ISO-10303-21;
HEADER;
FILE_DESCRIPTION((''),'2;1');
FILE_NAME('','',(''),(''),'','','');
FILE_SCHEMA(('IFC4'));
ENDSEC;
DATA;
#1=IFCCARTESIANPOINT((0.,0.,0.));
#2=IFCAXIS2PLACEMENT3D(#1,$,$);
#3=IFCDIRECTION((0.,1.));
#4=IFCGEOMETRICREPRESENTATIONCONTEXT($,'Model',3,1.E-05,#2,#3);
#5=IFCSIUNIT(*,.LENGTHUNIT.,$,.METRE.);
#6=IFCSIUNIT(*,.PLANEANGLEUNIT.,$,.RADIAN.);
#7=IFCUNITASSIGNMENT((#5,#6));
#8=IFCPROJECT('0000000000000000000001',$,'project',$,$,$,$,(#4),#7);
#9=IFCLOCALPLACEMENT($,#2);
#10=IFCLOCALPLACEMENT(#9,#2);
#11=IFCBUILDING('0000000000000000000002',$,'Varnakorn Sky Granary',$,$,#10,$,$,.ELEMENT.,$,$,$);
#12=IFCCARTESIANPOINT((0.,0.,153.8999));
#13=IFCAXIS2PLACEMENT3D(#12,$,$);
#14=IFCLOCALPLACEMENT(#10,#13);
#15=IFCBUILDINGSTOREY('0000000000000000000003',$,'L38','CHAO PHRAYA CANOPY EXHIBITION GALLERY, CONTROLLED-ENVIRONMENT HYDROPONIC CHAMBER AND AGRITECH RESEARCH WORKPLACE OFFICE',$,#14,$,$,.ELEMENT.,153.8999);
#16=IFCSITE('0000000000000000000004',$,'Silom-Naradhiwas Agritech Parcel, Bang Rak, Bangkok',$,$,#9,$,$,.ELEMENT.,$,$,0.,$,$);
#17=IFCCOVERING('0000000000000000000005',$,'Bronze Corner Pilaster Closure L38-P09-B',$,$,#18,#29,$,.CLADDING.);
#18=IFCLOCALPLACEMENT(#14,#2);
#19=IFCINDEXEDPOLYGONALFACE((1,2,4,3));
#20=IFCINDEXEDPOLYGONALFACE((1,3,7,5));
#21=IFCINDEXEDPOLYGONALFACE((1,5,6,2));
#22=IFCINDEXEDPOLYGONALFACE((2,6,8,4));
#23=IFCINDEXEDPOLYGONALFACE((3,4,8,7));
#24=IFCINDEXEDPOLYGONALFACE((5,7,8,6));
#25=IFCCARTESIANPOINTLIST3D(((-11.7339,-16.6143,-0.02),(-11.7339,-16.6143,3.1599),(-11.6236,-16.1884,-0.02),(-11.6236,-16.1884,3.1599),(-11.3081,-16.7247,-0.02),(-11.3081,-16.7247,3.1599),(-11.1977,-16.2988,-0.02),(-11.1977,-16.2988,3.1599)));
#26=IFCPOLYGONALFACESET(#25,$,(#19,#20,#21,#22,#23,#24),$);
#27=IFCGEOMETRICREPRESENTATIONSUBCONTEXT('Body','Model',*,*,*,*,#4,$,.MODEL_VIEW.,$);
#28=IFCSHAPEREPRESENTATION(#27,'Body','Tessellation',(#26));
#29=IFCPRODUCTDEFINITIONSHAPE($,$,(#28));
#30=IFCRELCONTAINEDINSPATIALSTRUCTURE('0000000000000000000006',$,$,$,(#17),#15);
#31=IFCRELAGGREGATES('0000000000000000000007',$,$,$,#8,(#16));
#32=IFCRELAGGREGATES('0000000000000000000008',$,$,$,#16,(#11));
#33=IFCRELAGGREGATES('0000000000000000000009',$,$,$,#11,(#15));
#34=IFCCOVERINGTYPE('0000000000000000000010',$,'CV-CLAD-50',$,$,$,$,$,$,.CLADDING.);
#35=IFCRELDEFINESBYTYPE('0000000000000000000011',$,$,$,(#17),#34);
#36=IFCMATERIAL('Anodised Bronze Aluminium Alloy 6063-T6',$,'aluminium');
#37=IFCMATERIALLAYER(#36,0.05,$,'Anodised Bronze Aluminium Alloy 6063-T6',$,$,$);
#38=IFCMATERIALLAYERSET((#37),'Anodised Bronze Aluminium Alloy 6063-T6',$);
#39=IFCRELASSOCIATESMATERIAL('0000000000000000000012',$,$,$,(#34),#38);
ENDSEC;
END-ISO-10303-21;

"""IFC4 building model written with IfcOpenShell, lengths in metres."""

from ifc_helpers import new_model, si_unit, direction, frame, origin, origin_2d, place, context, subcontext, project, spatial, rectangle, extrude, source, transform, mapped, material, layer, layer_set, type_object, type_shapes, element, save


model = new_model("IFC4")

# Units and contexts
model_context = context("Model", 3, precision=1e-05, world=origin(), true_north=direction((0.0, 1.0)))
body_context = subcontext(model_context, "Body", "Model", "MODEL_VIEW")
ifc_project = project(units=[si_unit("LENGTHUNIT", "METRE"), si_unit("PLANEANGLEUNIT", "RADIAN")], contexts=[model_context])

# Site, building, storey
site_placement = place(None, origin())
site = spatial("IfcSite", under=ifc_project, at=site_placement, Name="Silom-Naradhiwas Agritech Parcel, Bang Rak, Bangkok", CompositionType="ELEMENT", RefElevation=0.0)
building_placement = place(site_placement, origin())
building = spatial("IfcBuilding", under=site, at=building_placement, Name="Varnakorn Sky Granary", CompositionType="ELEMENT")
storey_placement = place(building_placement, frame((0.0, 0.0, 153.8999)))
storey = spatial("IfcBuildingStorey", under=building, at=storey_placement, Name="L38", Description="CHAO PHRAYA CANOPY EXHIBITION GALLERY, CONTROLLED-ENVIRONMENT HYDROPONIC CHAMBER AND AGRITECH RESEARCH WORKPLACE OFFICE", CompositionType="ELEMENT", Elevation=153.8999)

# Shared definitions
ifc_material_1 = material(Name="Anodised Bronze Aluminium Alloy 6063-T6", Category="aluminium")

# Covering
ifc_layer_1 = layer(ifc_material_1, 0.05, Name="Anodised Bronze Aluminium Alloy 6063-T6")
ifc_layer_set_1 = layer_set([ifc_layer_1], Name="Anodised Bronze Aluminium Alloy 6063-T6")
covering_type = type_object("IfcCoveringType", Name="CV-CLAD-50", PredefinedType="CLADDING", material=ifc_layer_set_1)
shared_shape_1 = source(origin(), body_context, "Body", "SweptSolid", [
    extrude(rectangle(XDim=0.4399, YDim=0.4399, at=origin_2d()), origin(), (0.0, 0.0, 1.0), 3.1799),
])
type_shapes(covering_type, [shared_shape_1])
for number, where, z_axis, x_axis, name in (
    (1, (-11.4658, -16.4565, -0.02), (0.0, 0.0, 1.0), (-0.968016, 0.250887, 0.0), "Bronze Corner Pilaster Closure L38-P09-B"),
):
    element("IfcCovering", number, at=place(storey_placement, frame(where, z_axis=z_axis, x_axis=x_axis)), inside=storey, type_object=covering_type, Name=name, PredefinedType="CLADDING", context=body_context, shape_type="MappedRepresentation", body=[
        mapped(shared_shape_1, transform((0.0, 0.0, 0.0), x_axis=(1.0, 0.0, 0.0), y_axis=(0.0, 1.0, 0.0), z_axis=(0.0, 0.0, 1.0), scale=1.0)),
    ])

save(model, "model.ifc")
